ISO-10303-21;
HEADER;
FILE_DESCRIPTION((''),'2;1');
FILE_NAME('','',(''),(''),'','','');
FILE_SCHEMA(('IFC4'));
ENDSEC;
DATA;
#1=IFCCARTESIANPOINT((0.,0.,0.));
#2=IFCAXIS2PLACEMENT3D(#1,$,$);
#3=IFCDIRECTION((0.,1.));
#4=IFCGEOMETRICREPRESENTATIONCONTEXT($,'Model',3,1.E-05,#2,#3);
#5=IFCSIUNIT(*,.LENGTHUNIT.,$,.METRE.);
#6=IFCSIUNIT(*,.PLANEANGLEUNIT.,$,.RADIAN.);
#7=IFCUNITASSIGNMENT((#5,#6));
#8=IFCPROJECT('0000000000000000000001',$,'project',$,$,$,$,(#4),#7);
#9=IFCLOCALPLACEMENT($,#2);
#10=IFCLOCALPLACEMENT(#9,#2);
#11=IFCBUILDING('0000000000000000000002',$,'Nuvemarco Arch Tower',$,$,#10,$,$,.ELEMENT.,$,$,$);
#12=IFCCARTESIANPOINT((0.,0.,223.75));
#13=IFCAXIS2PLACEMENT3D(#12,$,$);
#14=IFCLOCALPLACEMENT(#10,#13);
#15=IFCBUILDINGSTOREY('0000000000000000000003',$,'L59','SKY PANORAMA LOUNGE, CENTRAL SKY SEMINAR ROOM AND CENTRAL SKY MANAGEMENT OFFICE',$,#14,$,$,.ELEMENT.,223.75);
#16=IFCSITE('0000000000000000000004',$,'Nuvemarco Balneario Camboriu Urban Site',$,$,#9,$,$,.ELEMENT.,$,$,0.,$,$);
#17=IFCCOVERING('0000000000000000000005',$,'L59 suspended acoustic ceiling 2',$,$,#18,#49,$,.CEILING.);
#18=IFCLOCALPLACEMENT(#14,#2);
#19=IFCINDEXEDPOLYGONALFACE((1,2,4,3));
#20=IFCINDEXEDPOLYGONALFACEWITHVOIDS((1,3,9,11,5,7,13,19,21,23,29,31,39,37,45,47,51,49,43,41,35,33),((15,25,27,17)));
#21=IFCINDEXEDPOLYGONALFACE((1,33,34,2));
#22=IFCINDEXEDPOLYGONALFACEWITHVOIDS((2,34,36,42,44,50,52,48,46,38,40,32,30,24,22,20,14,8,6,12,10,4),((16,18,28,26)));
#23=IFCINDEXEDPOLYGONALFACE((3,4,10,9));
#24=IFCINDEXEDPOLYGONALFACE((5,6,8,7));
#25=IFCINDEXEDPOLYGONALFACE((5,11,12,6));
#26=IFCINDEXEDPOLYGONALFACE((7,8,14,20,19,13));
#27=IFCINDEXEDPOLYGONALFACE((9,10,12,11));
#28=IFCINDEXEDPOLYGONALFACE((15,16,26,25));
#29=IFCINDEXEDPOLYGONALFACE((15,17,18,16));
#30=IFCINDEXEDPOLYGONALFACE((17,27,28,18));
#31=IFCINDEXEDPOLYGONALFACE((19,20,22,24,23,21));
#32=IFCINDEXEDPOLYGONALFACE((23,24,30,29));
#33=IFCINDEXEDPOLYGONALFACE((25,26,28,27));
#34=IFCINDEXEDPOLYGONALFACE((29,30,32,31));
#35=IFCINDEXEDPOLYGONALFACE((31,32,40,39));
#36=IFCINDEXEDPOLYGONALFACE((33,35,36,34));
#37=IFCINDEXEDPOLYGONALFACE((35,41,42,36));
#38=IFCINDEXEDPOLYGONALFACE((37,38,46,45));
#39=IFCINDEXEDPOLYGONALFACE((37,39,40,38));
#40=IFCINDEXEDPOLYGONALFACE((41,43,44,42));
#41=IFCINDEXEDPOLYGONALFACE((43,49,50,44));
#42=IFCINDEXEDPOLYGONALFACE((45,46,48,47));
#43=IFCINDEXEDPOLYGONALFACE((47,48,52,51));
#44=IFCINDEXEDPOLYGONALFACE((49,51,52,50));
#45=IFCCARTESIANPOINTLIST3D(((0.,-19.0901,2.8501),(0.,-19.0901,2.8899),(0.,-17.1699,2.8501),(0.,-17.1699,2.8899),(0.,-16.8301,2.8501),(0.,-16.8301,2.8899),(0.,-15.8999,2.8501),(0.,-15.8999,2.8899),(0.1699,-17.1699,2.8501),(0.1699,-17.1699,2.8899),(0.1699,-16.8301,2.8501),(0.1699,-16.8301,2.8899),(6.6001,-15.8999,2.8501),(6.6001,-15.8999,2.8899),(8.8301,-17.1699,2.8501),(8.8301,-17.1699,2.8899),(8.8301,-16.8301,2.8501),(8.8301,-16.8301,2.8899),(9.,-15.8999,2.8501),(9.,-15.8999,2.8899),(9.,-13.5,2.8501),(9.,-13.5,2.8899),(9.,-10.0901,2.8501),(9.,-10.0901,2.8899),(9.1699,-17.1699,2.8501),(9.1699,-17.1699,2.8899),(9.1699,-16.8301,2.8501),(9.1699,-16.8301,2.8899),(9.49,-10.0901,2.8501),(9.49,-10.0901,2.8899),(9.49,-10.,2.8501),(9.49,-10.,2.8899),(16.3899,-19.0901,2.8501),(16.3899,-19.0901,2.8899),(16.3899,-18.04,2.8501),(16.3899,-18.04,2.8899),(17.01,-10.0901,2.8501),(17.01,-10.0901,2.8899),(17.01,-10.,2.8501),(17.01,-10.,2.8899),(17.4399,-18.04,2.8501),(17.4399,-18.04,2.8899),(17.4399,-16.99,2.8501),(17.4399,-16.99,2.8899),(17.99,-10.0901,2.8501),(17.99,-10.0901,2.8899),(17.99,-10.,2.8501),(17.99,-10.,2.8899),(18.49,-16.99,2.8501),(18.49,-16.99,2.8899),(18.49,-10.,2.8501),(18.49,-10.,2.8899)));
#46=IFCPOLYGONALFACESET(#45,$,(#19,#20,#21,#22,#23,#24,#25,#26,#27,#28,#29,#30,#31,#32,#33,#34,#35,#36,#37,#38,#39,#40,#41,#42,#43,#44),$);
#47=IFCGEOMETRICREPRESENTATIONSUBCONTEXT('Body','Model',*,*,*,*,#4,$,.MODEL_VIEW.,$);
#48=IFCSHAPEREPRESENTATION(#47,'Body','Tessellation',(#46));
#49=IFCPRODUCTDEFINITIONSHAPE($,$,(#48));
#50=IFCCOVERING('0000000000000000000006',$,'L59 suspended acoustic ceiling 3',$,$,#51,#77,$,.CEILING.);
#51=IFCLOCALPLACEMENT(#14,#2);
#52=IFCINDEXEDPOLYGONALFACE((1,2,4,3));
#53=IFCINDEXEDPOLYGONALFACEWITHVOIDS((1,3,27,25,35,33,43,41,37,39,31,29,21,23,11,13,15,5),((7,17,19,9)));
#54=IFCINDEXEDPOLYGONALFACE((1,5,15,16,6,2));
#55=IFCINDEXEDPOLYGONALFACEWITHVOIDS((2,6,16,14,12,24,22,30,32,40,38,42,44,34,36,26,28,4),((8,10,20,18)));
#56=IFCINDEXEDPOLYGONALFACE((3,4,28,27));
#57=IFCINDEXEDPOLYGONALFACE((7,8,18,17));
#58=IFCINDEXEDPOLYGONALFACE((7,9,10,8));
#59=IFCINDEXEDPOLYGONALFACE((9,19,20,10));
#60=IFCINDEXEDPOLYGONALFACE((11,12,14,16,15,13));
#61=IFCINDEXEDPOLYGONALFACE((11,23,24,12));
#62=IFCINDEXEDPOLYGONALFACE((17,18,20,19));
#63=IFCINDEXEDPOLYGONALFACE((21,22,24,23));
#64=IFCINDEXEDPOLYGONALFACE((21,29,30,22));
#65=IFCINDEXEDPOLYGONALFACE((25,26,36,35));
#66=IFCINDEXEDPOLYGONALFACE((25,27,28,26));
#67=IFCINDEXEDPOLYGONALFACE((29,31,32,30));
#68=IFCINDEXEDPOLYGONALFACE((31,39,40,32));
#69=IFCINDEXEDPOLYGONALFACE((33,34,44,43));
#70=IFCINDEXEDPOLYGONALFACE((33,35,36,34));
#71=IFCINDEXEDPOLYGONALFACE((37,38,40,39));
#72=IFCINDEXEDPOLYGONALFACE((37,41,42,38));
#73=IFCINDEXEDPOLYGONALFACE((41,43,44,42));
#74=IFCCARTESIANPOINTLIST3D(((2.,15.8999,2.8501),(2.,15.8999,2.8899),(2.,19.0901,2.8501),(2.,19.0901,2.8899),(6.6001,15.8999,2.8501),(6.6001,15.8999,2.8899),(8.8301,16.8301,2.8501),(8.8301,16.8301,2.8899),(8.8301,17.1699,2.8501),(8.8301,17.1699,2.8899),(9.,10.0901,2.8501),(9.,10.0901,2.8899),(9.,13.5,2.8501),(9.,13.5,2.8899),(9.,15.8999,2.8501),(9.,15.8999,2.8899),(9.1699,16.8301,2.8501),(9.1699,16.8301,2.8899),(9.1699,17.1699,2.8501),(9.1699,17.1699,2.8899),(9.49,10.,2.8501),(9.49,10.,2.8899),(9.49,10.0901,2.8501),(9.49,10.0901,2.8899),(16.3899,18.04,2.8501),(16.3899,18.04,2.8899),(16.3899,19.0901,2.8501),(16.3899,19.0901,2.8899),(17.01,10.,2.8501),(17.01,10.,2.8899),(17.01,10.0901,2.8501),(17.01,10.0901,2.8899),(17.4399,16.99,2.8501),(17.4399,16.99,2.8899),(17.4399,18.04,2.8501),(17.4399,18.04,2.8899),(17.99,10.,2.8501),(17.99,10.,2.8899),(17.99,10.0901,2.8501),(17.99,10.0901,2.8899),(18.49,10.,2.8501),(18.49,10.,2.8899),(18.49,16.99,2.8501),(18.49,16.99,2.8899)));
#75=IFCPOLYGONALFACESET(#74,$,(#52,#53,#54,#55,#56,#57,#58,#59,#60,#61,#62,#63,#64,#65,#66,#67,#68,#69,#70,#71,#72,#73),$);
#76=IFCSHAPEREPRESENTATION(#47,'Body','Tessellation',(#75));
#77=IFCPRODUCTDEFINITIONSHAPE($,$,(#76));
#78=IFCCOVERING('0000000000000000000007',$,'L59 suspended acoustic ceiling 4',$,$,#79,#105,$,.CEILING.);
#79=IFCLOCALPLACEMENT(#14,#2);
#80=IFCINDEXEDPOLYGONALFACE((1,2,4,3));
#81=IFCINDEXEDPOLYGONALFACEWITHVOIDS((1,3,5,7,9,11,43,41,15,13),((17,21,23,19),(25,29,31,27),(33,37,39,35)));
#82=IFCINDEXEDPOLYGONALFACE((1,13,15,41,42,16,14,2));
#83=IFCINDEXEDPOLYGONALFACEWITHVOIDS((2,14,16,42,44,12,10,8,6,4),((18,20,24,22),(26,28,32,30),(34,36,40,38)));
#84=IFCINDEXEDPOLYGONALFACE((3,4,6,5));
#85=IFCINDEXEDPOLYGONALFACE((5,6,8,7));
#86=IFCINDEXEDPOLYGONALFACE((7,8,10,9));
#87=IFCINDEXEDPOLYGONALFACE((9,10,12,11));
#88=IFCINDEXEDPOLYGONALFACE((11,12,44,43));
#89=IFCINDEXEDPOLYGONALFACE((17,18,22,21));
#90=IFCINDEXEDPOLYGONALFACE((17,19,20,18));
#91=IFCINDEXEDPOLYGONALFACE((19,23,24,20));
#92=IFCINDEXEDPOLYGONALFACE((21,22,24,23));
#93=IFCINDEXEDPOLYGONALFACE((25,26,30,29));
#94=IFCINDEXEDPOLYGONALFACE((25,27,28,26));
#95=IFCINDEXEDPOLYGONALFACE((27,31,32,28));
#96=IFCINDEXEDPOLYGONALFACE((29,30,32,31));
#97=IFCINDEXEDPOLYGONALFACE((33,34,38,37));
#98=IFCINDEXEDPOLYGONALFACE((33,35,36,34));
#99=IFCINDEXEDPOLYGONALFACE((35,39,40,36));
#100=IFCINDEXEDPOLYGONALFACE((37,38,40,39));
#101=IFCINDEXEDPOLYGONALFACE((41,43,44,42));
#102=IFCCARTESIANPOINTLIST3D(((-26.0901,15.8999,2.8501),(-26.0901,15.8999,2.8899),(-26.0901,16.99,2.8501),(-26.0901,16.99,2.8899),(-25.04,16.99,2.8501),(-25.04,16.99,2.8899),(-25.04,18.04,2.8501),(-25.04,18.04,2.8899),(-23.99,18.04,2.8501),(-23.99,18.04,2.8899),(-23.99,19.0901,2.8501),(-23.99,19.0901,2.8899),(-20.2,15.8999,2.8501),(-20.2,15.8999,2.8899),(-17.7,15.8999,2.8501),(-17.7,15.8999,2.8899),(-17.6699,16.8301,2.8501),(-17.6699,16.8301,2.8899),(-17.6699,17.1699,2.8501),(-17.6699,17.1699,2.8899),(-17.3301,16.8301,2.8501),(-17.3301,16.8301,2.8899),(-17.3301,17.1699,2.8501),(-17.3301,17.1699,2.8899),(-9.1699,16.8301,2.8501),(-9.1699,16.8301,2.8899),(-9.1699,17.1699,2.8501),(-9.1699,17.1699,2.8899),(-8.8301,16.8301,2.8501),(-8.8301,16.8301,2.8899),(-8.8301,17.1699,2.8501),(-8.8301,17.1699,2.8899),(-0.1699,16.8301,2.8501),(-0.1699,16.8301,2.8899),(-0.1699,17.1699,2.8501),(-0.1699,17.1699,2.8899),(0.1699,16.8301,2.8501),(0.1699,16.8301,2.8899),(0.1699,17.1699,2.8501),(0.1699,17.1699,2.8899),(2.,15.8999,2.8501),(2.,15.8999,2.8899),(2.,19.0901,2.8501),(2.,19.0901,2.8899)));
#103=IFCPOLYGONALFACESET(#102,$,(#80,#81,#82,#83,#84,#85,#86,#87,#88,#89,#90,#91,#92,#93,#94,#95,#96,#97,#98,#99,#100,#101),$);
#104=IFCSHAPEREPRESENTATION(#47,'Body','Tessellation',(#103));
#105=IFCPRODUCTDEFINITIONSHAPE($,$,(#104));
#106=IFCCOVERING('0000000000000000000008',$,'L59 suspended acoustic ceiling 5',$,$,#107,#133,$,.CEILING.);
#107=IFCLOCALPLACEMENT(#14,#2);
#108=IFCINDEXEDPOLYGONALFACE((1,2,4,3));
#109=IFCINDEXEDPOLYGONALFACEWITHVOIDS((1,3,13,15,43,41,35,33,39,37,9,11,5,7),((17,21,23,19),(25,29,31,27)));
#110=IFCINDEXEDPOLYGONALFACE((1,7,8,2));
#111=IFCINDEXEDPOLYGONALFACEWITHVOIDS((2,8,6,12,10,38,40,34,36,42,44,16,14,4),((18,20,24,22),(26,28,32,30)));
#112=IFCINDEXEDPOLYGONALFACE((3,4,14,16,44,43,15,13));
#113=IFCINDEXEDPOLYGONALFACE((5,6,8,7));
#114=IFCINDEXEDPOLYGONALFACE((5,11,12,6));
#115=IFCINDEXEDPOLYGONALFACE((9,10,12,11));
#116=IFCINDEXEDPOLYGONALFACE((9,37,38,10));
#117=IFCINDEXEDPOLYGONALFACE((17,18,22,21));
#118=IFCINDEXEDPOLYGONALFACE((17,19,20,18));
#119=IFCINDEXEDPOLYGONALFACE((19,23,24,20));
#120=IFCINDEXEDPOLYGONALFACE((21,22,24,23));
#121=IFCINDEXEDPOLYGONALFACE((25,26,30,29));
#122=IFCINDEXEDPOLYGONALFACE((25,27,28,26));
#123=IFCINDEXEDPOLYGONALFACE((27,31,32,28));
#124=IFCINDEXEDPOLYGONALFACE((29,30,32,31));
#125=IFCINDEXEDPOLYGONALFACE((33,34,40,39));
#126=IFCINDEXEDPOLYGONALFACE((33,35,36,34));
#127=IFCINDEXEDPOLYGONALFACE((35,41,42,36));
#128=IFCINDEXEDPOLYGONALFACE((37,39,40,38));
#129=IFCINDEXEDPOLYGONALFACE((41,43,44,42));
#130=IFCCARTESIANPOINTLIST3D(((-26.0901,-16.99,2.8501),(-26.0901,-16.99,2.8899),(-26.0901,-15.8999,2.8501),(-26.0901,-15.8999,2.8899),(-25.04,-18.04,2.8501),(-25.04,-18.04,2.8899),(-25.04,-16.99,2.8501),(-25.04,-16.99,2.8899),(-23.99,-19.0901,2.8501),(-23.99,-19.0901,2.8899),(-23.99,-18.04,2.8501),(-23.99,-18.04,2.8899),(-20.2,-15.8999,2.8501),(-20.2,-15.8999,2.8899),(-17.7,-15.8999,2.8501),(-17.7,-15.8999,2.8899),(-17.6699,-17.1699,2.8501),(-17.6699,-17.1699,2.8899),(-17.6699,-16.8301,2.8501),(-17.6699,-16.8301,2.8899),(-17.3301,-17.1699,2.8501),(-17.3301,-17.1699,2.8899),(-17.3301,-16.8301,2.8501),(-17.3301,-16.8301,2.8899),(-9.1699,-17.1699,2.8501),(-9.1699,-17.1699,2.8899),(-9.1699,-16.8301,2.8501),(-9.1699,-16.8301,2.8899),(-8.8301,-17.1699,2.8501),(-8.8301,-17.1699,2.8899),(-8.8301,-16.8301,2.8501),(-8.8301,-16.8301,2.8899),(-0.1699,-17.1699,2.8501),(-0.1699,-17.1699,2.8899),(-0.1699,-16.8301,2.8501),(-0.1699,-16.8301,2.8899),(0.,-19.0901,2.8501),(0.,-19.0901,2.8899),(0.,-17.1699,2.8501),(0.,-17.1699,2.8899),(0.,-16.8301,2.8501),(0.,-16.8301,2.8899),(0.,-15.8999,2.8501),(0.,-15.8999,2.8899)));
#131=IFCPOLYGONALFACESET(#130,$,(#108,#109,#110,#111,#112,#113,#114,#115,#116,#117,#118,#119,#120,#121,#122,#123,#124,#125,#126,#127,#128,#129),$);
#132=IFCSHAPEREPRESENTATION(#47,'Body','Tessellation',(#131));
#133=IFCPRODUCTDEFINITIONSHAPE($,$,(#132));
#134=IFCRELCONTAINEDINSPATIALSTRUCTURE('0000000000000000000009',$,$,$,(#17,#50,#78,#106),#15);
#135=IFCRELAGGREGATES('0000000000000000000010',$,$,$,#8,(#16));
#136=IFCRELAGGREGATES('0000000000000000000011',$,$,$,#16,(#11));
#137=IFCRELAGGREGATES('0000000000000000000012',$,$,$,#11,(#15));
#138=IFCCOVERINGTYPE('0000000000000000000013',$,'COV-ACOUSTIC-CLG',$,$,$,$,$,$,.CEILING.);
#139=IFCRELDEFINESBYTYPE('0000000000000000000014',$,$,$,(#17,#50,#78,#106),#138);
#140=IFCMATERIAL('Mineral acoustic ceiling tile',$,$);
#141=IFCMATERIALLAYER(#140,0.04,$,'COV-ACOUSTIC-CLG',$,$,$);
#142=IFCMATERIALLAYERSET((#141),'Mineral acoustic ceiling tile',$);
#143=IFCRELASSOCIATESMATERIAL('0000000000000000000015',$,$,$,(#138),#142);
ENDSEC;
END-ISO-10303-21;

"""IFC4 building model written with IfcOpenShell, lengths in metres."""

from ifc_helpers import new_model, si_unit, direction, frame, origin, place, context, subcontext, project, spatial, polyline, outline, extrude, material, layer, layer_set, type_object, element, save


model = new_model("IFC4")

# Units and contexts
model_context = context("Model", 3, precision=1e-05, world=origin(), true_north=direction((0.0, 1.0)))
body_context = subcontext(model_context, "Body", "Model", "MODEL_VIEW")
ifc_project = project(units=[si_unit("LENGTHUNIT", "METRE"), si_unit("PLANEANGLEUNIT", "RADIAN")], contexts=[model_context])

# Site, building, storey
site_placement = place(None, origin())
site = spatial("IfcSite", under=ifc_project, at=site_placement, Name="Nuvemarco Balneario Camboriu Urban Site", CompositionType="ELEMENT", RefElevation=0.0)
building_placement = place(site_placement, origin())
building = spatial("IfcBuilding", under=site, at=building_placement, Name="Nuvemarco Arch Tower", CompositionType="ELEMENT")
storey_placement = place(building_placement, frame((0.0, 0.0, 223.75)))
storey = spatial("IfcBuildingStorey", under=building, at=storey_placement, Name="L59", Description="SKY PANORAMA LOUNGE, CENTRAL SKY SEMINAR ROOM AND CENTRAL SKY MANAGEMENT OFFICE", CompositionType="ELEMENT", Elevation=223.75)

# Coverings
ifc_material_1 = material(Name="Mineral acoustic ceiling tile")
ifc_layer_1 = layer(ifc_material_1, 0.04, Name="COV-ACOUSTIC-CLG")
ifc_layer_set_1 = layer_set([ifc_layer_1], Name="Mineral acoustic ceiling tile")
covering_type = type_object("IfcCoveringType", Name="COV-ACOUSTIC-CLG", PredefinedType="CEILING", material=ifc_layer_set_1)
covering_1_placement = place(storey_placement, frame((0.0, 0.0, 2.8501)))
element("IfcCovering", 1, at=covering_1_placement, inside=storey, type_object=covering_type, Name="L59 suspended acoustic ceiling 2", PredefinedType="CEILING", context=body_context, shape_type="SweptSolid", body=[
    extrude(outline(polyline([(16.3899, -19.0901), (0.0, -19.0901), (0.0, -17.1699), (0.1699, -17.1699), (0.1699, -16.8301), (0.0, -16.8301), (0.0, -15.8999), (6.6001, -15.8999), (9.0, -15.8999), (9.0, -13.5), (9.0, -10.0901), (9.49, -10.0901), (9.49, -10.0), (17.01, -10.0), (17.01, -10.0901), (17.99, -10.0901), (17.99, -10.0), (18.49, -10.0), (18.49, -16.99), (17.4399, -16.99), (17.4399, -18.04), (16.3899, -18.04), (16.3899, -19.0901)]), holes=[polyline([(9.1699, -17.1699), (9.1699, -16.8301), (8.8301, -16.8301), (8.8301, -17.1699), (9.1699, -17.1699)])]), origin(), (0.0, 0.0, 1.0), 0.0398),
])
covering_2_placement = place(storey_placement, frame((0.0, 0.0, 2.8501)))
element("IfcCovering", 2, at=covering_2_placement, inside=storey, type_object=covering_type, Name="L59 suspended acoustic ceiling 3", PredefinedType="CEILING", context=body_context, shape_type="SweptSolid", body=[
    extrude(outline(polyline([(18.49, 16.99), (18.49, 10.0), (17.99, 10.0), (17.99, 10.0901), (17.01, 10.0901), (17.01, 10.0), (9.49, 10.0), (9.49, 10.0901), (9.0, 10.0901), (9.0, 13.5), (9.0, 15.8999), (6.6001, 15.8999), (2.0, 15.8999), (2.0, 19.0901), (16.3899, 19.0901), (16.3899, 18.04), (17.4399, 18.04), (17.4399, 16.99), (18.49, 16.99)]), holes=[polyline([(9.1699, 17.1699), (8.8301, 17.1699), (8.8301, 16.8301), (9.1699, 16.8301), (9.1699, 17.1699)])]), origin(), (0.0, 0.0, 1.0), 0.0398),
])
covering_3_placement = place(storey_placement, frame((0.0, 0.0, 2.8501)))
element("IfcCovering", 3, at=covering_3_placement, inside=storey, type_object=covering_type, Name="L59 suspended acoustic ceiling 4", PredefinedType="CEILING", context=body_context, shape_type="SweptSolid", body=[
    extrude(outline(polyline([(-25.04, 16.99), (-25.04, 18.04), (-23.99, 18.04), (-23.99, 19.0901), (2.0, 19.0901), (2.0, 15.8999), (-17.7, 15.8999), (-20.2, 15.8999), (-26.0901, 15.8999), (-26.0901, 16.99), (-25.04, 16.99)]), holes=[polyline([(-17.3301, 17.1699), (-17.6699, 17.1699), (-17.6699, 16.8301), (-17.3301, 16.8301), (-17.3301, 17.1699)]), polyline([(-8.8301, 17.1699), (-9.1699, 17.1699), (-9.1699, 16.8301), (-8.8301, 16.8301), (-8.8301, 17.1699)]), polyline([(0.1699, 16.8301), (0.1699, 17.1699), (-0.1699, 17.1699), (-0.1699, 16.8301), (0.1699, 16.8301)])]), origin(), (0.0, 0.0, 1.0), 0.0398),
])
covering_4_placement = place(storey_placement, frame((0.0, 0.0, 2.8501)))
element("IfcCovering", 4, at=covering_4_placement, inside=storey, type_object=covering_type, Name="L59 suspended acoustic ceiling 5", PredefinedType="CEILING", context=body_context, shape_type="SweptSolid", body=[
    extrude(outline(polyline([(-26.0901, -16.99), (-26.0901, -15.8999), (-20.2, -15.8999), (-17.7, -15.8999), (0.0, -15.8999), (0.0, -16.8301), (-0.1699, -16.8301), (-0.1699, -17.1699), (0.0, -17.1699), (0.0, -19.0901), (-23.99, -19.0901), (-23.99, -18.04), (-25.04, -18.04), (-25.04, -16.99), (-26.0901, -16.99)]), holes=[polyline([(-17.3301, -16.8301), (-17.6699, -16.8301), (-17.6699, -17.1699), (-17.3301, -17.1699), (-17.3301, -16.8301)]), polyline([(-8.8301, -16.8301), (-9.1699, -16.8301), (-9.1699, -17.1699), (-8.8301, -17.1699), (-8.8301, -16.8301)])]), origin(), (0.0, 0.0, 1.0), 0.0398),
])

save(model, "model.ifc")
